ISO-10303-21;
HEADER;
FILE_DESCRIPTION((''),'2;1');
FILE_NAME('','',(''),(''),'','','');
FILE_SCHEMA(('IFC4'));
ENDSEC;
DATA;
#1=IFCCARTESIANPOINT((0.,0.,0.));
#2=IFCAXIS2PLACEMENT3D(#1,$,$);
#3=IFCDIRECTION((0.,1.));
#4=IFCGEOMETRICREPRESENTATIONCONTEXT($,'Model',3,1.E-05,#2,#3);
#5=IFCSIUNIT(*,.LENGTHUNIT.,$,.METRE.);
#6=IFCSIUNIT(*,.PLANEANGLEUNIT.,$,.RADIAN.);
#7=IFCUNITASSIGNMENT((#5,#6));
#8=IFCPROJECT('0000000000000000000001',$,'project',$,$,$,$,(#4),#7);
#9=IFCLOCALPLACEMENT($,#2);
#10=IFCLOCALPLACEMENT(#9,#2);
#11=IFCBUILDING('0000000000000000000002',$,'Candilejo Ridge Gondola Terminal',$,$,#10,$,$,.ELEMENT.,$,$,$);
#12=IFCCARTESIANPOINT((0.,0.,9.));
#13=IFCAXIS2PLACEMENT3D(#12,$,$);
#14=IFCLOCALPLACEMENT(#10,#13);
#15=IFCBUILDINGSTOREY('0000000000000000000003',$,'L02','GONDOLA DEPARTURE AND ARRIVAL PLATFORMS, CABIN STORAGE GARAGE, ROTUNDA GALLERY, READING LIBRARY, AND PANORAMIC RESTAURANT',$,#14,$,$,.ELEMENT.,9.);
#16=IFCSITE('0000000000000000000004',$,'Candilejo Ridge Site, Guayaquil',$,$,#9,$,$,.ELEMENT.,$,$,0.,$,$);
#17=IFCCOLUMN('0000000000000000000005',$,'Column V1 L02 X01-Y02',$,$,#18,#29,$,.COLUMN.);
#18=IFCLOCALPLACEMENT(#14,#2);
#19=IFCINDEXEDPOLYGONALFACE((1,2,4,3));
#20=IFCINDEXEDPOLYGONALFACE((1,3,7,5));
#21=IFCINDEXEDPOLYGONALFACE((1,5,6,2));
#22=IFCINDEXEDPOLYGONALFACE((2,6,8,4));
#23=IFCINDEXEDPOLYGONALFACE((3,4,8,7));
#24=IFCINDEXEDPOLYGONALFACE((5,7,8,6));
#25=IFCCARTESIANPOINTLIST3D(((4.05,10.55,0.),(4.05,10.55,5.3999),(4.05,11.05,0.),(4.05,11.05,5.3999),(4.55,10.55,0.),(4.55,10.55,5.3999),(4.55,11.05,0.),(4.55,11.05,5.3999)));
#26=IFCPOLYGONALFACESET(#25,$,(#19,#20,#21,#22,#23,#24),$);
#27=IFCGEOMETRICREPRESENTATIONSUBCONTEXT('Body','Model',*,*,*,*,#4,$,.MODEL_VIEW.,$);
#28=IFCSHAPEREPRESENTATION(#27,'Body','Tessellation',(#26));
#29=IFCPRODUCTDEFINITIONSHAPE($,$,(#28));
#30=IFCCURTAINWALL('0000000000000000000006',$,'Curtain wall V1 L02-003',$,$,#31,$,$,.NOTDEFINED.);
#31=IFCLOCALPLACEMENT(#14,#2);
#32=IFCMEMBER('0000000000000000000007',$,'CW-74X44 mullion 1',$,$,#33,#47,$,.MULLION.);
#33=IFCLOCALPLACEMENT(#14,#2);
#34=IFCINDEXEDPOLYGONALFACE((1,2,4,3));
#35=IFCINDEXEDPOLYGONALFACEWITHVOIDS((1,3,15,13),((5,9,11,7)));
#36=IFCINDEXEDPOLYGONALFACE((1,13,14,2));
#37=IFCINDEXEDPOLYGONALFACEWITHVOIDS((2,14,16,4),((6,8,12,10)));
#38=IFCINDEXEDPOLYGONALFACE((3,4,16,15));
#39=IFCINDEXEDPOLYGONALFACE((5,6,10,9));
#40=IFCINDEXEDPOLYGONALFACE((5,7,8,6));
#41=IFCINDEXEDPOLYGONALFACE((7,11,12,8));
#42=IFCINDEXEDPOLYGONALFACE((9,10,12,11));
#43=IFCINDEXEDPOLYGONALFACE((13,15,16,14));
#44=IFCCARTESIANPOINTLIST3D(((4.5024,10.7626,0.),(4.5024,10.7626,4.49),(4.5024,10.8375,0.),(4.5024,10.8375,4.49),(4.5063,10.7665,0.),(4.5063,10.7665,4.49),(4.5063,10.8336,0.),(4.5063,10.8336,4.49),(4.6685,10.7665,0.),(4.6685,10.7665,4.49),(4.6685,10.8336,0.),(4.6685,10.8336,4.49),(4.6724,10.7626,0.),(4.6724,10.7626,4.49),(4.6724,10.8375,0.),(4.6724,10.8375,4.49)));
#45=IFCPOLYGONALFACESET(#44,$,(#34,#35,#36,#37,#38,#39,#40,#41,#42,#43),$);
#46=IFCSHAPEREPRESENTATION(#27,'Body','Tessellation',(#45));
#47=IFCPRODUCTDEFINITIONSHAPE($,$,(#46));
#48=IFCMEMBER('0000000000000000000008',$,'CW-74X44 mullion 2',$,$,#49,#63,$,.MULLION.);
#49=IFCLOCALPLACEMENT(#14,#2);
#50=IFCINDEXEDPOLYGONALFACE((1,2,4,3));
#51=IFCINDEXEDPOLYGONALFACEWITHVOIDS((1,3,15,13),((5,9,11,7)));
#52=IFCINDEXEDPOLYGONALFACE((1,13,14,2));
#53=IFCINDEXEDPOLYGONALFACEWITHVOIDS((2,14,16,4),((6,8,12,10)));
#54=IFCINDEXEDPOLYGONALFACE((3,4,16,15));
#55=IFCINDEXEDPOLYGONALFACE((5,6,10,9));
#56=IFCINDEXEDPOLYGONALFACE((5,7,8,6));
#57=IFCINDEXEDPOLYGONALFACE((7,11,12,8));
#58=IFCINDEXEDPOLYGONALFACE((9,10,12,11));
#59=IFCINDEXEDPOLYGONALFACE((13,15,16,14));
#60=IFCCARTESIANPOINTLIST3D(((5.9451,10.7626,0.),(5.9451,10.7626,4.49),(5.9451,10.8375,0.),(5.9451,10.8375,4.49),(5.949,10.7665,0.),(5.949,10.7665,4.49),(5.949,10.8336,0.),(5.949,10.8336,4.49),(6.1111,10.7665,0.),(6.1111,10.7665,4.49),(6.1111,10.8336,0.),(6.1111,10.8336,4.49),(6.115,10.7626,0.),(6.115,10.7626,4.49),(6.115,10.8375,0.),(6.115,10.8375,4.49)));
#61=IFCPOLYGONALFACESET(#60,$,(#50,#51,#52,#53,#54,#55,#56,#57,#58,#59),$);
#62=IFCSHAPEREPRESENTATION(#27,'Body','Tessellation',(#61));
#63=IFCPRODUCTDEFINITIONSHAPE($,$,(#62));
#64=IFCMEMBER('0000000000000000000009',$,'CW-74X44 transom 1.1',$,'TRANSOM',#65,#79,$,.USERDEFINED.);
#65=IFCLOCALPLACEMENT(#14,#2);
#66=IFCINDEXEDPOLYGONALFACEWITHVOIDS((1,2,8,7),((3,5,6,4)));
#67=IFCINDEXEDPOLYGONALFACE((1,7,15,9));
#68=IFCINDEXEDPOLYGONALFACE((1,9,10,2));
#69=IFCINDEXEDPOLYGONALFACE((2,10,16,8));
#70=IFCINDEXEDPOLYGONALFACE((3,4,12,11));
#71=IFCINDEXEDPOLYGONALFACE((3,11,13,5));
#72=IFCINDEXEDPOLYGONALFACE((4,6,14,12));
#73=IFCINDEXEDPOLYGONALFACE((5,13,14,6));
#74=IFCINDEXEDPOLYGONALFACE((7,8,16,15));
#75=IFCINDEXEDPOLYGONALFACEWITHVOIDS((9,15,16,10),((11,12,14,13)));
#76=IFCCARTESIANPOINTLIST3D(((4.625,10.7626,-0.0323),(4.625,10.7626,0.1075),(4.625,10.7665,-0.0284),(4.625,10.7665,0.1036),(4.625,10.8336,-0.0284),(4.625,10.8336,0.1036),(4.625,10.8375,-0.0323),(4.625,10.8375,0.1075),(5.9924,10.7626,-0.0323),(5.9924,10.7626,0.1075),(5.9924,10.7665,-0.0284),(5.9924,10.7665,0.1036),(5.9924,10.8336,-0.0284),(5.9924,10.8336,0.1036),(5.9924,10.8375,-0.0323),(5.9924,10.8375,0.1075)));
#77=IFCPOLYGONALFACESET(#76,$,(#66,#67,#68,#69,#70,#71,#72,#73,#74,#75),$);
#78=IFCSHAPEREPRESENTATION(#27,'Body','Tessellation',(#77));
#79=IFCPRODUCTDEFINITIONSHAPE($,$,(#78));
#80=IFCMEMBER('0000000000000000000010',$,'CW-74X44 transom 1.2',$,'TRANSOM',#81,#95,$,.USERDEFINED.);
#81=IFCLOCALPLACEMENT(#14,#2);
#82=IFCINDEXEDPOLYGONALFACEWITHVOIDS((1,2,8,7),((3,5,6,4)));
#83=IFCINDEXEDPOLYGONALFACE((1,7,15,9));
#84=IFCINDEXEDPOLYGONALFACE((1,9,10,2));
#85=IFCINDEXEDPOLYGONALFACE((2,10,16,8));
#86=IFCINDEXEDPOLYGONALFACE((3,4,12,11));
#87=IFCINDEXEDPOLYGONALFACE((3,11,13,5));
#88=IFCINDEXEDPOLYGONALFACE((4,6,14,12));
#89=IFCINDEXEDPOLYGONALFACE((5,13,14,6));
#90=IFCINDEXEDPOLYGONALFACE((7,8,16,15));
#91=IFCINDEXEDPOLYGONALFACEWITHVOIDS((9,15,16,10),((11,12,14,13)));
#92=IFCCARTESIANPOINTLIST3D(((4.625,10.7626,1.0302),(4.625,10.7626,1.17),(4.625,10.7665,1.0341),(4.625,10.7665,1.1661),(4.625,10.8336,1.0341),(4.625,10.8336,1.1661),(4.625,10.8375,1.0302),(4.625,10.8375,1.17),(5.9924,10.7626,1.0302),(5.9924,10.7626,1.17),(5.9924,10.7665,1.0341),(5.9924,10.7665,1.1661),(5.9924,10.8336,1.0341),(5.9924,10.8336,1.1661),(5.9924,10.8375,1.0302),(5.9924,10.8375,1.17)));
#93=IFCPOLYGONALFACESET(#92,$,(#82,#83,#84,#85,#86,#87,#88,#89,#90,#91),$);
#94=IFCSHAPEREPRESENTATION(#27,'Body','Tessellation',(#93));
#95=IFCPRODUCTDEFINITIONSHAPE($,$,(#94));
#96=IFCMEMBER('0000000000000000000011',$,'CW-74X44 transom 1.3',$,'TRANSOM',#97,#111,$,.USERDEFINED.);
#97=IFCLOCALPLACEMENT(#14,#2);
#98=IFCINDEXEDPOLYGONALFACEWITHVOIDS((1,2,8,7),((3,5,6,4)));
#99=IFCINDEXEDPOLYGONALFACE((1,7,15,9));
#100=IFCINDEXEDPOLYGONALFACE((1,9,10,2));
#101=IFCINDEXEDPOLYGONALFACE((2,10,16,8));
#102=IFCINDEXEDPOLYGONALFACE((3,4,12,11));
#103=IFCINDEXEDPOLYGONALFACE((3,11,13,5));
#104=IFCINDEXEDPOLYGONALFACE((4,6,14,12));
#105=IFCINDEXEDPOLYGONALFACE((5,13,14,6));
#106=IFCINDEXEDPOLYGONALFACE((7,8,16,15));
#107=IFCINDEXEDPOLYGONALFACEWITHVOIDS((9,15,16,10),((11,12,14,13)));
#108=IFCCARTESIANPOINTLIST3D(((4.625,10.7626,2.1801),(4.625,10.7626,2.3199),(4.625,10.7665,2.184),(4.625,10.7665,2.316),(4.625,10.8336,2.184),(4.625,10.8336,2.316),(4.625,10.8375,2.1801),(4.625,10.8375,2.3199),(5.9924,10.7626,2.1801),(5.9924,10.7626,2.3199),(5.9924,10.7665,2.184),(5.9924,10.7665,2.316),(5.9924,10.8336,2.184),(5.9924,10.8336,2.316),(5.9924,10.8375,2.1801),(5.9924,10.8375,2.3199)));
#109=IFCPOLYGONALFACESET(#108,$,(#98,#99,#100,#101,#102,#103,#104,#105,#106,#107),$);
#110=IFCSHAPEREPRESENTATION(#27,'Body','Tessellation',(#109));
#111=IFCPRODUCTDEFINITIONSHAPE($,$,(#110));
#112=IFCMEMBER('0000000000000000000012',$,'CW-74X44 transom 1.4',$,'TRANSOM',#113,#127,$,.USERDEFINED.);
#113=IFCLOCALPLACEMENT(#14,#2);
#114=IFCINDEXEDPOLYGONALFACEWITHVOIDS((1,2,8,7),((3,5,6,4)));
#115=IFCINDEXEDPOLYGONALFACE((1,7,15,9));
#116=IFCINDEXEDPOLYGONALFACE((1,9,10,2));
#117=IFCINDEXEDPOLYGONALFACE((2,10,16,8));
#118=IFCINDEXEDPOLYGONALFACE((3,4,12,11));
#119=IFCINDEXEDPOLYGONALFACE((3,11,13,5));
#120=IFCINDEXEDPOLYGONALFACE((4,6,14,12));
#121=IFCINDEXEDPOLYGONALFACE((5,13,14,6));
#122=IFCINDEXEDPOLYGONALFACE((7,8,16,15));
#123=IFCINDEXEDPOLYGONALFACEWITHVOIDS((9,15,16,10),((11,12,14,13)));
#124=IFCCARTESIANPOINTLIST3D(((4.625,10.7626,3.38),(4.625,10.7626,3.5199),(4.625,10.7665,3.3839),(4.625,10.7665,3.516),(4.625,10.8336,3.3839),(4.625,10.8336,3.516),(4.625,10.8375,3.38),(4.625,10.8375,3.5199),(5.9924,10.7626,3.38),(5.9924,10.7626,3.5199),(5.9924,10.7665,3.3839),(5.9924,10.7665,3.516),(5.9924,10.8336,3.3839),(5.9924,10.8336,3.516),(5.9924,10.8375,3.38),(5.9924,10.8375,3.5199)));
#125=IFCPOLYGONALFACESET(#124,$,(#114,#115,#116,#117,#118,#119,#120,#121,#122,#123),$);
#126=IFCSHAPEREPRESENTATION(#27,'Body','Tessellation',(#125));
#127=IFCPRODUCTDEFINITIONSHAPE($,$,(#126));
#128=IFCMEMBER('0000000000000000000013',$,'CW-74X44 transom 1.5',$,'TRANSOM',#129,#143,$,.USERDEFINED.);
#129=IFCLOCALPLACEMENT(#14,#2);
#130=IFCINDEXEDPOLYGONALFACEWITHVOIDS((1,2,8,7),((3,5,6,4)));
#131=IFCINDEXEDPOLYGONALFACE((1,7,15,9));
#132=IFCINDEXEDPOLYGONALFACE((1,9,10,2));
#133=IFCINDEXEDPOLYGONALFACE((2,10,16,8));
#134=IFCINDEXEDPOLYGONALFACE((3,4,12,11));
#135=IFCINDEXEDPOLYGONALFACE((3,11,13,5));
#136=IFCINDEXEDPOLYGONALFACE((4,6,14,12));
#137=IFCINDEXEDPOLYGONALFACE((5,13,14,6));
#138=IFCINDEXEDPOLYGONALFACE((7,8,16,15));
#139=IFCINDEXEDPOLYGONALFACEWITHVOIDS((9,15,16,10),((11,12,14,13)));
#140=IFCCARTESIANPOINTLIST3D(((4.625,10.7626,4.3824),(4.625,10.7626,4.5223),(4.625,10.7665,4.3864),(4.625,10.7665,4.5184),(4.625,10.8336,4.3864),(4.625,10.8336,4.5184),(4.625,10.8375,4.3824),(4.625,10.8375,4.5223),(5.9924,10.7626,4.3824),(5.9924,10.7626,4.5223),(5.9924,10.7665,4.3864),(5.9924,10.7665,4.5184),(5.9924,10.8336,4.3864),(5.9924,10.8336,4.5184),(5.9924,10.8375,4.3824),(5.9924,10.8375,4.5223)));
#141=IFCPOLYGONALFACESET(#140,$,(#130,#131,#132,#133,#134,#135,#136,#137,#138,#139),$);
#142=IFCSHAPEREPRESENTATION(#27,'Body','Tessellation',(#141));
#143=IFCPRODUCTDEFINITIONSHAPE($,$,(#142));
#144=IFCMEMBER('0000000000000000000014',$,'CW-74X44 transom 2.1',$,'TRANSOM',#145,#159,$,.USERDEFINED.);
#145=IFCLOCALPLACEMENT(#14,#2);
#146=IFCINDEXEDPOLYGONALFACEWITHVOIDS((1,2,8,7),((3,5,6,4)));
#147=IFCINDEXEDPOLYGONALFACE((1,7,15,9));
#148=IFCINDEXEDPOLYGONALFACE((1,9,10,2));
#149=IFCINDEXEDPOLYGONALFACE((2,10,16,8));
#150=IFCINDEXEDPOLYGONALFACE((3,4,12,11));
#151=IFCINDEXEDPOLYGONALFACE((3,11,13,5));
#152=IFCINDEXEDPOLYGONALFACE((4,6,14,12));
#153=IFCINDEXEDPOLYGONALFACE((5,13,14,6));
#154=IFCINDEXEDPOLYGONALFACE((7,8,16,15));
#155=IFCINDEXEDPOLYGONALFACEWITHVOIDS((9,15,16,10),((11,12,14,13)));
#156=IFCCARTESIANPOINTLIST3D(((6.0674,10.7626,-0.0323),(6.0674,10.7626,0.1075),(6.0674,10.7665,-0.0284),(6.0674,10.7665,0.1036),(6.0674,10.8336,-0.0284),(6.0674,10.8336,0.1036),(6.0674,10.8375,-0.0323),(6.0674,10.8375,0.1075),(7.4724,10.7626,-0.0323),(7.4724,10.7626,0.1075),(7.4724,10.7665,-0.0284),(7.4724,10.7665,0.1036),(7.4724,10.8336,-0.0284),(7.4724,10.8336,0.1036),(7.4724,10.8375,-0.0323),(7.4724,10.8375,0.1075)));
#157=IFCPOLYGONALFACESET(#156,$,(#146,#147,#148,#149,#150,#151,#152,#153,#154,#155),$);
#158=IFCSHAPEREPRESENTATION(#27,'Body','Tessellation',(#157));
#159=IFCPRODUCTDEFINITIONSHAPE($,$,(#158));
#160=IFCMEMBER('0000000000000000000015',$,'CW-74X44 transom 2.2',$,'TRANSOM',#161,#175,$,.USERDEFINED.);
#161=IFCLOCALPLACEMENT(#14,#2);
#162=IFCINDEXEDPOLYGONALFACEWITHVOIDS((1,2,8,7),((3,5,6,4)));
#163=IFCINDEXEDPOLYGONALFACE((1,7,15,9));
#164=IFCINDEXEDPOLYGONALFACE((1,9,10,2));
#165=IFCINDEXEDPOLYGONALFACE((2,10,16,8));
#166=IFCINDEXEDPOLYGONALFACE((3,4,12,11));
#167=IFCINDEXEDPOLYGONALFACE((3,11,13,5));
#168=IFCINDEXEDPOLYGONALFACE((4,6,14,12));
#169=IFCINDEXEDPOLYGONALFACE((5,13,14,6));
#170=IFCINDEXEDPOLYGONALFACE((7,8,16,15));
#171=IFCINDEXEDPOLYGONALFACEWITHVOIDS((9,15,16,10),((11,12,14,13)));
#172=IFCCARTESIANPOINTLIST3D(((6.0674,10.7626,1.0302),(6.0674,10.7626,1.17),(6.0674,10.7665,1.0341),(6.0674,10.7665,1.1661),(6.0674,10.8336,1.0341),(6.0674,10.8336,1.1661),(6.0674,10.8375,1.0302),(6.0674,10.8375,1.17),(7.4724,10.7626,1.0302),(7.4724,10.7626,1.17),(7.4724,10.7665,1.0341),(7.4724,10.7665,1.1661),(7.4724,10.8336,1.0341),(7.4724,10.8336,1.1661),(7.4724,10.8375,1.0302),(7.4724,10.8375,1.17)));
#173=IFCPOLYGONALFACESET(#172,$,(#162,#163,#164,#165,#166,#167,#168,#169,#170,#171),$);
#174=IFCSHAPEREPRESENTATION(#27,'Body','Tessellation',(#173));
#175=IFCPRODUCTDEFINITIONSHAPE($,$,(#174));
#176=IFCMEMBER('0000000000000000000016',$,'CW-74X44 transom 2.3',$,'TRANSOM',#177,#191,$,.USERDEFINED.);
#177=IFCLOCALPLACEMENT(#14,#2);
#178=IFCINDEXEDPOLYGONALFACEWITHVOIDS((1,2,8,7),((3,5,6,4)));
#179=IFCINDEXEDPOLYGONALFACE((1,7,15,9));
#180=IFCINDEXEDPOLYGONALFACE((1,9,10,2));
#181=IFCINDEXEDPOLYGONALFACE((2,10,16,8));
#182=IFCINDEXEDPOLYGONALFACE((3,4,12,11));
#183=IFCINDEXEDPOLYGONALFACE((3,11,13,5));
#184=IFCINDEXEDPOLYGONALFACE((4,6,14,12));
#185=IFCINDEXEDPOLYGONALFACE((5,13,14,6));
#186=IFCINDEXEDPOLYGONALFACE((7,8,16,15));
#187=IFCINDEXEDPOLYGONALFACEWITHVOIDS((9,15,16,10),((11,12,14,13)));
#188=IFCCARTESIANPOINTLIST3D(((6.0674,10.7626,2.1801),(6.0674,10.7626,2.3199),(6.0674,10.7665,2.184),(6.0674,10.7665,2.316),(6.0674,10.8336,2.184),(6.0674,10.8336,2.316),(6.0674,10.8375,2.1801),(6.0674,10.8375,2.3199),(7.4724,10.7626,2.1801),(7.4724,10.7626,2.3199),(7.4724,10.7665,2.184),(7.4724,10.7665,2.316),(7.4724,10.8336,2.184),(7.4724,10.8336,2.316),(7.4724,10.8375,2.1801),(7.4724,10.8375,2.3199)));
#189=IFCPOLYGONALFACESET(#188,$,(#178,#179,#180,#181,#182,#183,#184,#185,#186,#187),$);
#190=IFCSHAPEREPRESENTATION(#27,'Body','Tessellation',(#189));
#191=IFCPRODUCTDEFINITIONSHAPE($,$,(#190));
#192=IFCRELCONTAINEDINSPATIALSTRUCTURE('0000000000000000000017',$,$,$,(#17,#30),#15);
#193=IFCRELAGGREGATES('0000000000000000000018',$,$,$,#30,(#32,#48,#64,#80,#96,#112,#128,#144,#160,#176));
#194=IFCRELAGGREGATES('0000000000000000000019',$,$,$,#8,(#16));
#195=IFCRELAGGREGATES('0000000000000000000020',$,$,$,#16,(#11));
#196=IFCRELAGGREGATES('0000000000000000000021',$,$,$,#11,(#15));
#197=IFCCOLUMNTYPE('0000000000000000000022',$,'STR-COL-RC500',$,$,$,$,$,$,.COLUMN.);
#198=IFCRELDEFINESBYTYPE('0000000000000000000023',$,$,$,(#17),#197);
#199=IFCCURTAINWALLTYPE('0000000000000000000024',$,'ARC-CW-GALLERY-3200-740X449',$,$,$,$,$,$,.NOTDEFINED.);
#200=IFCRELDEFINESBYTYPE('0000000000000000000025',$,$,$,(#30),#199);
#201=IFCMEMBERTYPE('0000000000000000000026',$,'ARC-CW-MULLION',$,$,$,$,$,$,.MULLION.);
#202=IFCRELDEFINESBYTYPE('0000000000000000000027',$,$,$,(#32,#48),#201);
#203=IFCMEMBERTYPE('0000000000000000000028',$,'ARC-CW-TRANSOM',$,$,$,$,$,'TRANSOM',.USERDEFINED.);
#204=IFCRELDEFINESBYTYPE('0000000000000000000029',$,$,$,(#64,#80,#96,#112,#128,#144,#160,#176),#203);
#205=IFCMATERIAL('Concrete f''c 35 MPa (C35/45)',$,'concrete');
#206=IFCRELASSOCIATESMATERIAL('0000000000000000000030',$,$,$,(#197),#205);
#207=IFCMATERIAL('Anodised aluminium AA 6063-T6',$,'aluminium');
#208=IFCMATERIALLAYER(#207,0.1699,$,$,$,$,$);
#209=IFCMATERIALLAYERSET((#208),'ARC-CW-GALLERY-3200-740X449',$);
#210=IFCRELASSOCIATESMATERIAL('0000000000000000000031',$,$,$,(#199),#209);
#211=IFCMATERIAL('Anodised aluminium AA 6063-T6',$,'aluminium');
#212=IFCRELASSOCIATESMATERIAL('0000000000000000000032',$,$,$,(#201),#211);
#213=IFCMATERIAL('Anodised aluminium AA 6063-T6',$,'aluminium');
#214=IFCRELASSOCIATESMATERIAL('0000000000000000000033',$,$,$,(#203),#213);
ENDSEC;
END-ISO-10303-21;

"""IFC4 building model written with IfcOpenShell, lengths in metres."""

from ifc_helpers import new_model, si_unit, direction, frame, origin, origin_2d, place, context, subcontext, project, spatial, rectangle, hollow_rectangle, extrude, material, layer, layer_set, material_profile, profile_set, type_object, element, aggregate, save


model = new_model("IFC4")

# Units and contexts
model_context = context("Model", 3, precision=1e-05, world=origin(), true_north=direction((0.0, 1.0)))
body_context = subcontext(model_context, "Body", "Model", "MODEL_VIEW")
ifc_project = project(units=[si_unit("LENGTHUNIT", "METRE"), si_unit("PLANEANGLEUNIT", "RADIAN")], contexts=[model_context])

# Site, building, storey
site_placement = place(None, origin())
site = spatial("IfcSite", under=ifc_project, at=site_placement, Name="Candilejo Ridge Site, Guayaquil", CompositionType="ELEMENT", RefElevation=0.0)
building_placement = place(site_placement, origin())
building = spatial("IfcBuilding", under=site, at=building_placement, Name="Candilejo Ridge Gondola Terminal", CompositionType="ELEMENT")
storey_placement = place(building_placement, frame((0.0, 0.0, 9.0)))
storey = spatial("IfcBuildingStorey", under=building, at=storey_placement, Name="L02", Description="GONDOLA DEPARTURE AND ARRIVAL PLATFORMS, CABIN STORAGE GARAGE, ROTUNDA GALLERY, READING LIBRARY, AND PANORAMIC RESTAURANT", CompositionType="ELEMENT", Elevation=9.0)

# Column
ifc_material_1 = material(Name="Concrete f'c 35 MPa (C35/45)", Category="concrete")
ifc_material_profile_1 = material_profile(ifc_material_1, rectangle(XDim=0.5, YDim=0.5, at=origin_2d()))
ifc_profile_set_1 = profile_set([ifc_material_profile_1], Name="Concrete f'c 35 MPa (C35/45)")
column_type = type_object("IfcColumnType", Name="STR-COL-RC500", PredefinedType="COLUMN", material=ifc_profile_set_1)
column_placement = place(storey_placement, frame((4.3, 10.8, 0.0), z_axis=(0.0, 0.0, 1.0), x_axis=(1.0, 0.0, 0.0)))
element("IfcColumn", 1, at=column_placement, inside=storey, type_object=column_type, Name="Column V1 L02 X01-Y02", PredefinedType="COLUMN", context=body_context, shape_type="SweptSolid", body=[
    extrude(rectangle(XDim=0.5, YDim=0.5, at=origin_2d()), origin(), (0.0, 0.0, 1.0), 5.3999),
])

# Curtain wall, members
ifc_material_2 = material(Name="Anodised aluminium AA 6063-T6", Category="aluminium")
ifc_layer_1 = layer(ifc_material_2, 0.1699)
ifc_layer_set_1 = layer_set([ifc_layer_1], Name="ARC-CW-GALLERY-3200-740X449")
curtain_wall_type = type_object("IfcCurtainWallType", Name="ARC-CW-GALLERY-3200-740X449", PredefinedType="NOTDEFINED", material=ifc_layer_set_1)
curtain_wall_placement = place(storey_placement, origin())
curtain_wall = element("IfcCurtainWall", 2, at=curtain_wall_placement, inside=storey, type_object=curtain_wall_type, Name="Curtain wall V1 L02-003", PredefinedType="NOTDEFINED")
ifc_material_3 = material(Name="Anodised aluminium AA 6063-T6", Category="aluminium")
ifc_material_profile_2 = material_profile(ifc_material_3, hollow_rectangle(XDim=0.075, YDim=0.1699, WallThickness=0.0039, at=origin_2d()))
ifc_profile_set_2 = profile_set([ifc_material_profile_2], Name="Anodised aluminium AA 6063-T6")
member_type_1 = type_object("IfcMemberType", Name="ARC-CW-MULLION", PredefinedType="MULLION", material=ifc_profile_set_2)
member_1_placement = place(storey_placement, frame((4.5874, 10.8, 0.0), z_axis=(0.0, 0.0, 1.0), x_axis=(0.0, 1.0, 0.0)))
member_1 = element("IfcMember", 3, at=member_1_placement, type_object=member_type_1, Name="CW-74X44 mullion 1", PredefinedType="MULLION", context=body_context, shape_type="SweptSolid", body=[
    extrude(hollow_rectangle(XDim=0.075, YDim=0.1699, WallThickness=0.0039, at=origin_2d()), origin(), (0.0, 0.0, 1.0), 4.49),
])
member_2_placement = place(storey_placement, frame((6.03, 10.8, 0.0), z_axis=(0.0, 0.0, 1.0), x_axis=(0.0, 1.0, 0.0)))
member_2 = element("IfcMember", 4, at=member_2_placement, type_object=member_type_1, Name="CW-74X44 mullion 2", PredefinedType="MULLION", context=body_context, shape_type="SweptSolid", body=[
    extrude(hollow_rectangle(XDim=0.075, YDim=0.1699, WallThickness=0.0039, at=origin_2d()), origin(), (0.0, 0.0, 1.0), 4.49),
])
ifc_material_4 = material(Name="Anodised aluminium AA 6063-T6", Category="aluminium")
ifc_material_profile_3 = material_profile(ifc_material_4, hollow_rectangle(XDim=0.075, YDim=0.1399, WallThickness=0.0039, at=origin_2d()))
ifc_profile_set_3 = profile_set([ifc_material_profile_3], Name="Anodised aluminium AA 6063-T6")
member_type_2 = type_object("IfcMemberType", Name="ARC-CW-TRANSOM", ElementType="TRANSOM", PredefinedType="USERDEFINED", material=ifc_profile_set_3)
member_3_placement = place(storey_placement, frame((4.625, 10.8, 0.0376), z_axis=(1.0, 0.0, 0.0), x_axis=(0.0, 1.0, 0.0)))
member_3 = element("IfcMember", 5, at=member_3_placement, type_object=member_type_2, Name="CW-74X44 transom 1.1", ObjectType="TRANSOM", PredefinedType="USERDEFINED", context=body_context, shape_type="SweptSolid", body=[
    extrude(hollow_rectangle(XDim=0.075, YDim=0.1399, WallThickness=0.0039, at=origin_2d()), origin(), (0.0, 0.0, 1.0), 1.3674),
])
member_4_placement = place(storey_placement, frame((4.625, 10.8, 1.1001), z_axis=(1.0, 0.0, 0.0), x_axis=(0.0, 1.0, 0.0)))
member_4 = element("IfcMember", 6, at=member_4_placement, type_object=member_type_2, Name="CW-74X44 transom 1.2", ObjectType="TRANSOM", PredefinedType="USERDEFINED", context=body_context, shape_type="SweptSolid", body=[
    extrude(hollow_rectangle(XDim=0.075, YDim=0.1399, WallThickness=0.0039, at=origin_2d()), origin(), (0.0, 0.0, 1.0), 1.3674),
])
member_5_placement = place(storey_placement, frame((4.625, 10.8, 2.25), z_axis=(1.0, 0.0, 0.0), x_axis=(0.0, 1.0, 0.0)))
member_5 = element("IfcMember", 7, at=member_5_placement, type_object=member_type_2, Name="CW-74X44 transom 1.3", ObjectType="TRANSOM", PredefinedType="USERDEFINED", context=body_context, shape_type="SweptSolid", body=[
    extrude(hollow_rectangle(XDim=0.075, YDim=0.1399, WallThickness=0.0039, at=origin_2d()), origin(), (0.0, 0.0, 1.0), 1.3674),
])
member_6_placement = place(storey_placement, frame((4.625, 10.8, 3.45), z_axis=(1.0, 0.0, 0.0), x_axis=(0.0, 1.0, 0.0)))
member_6 = element("IfcMember", 8, at=member_6_placement, type_object=member_type_2, Name="CW-74X44 transom 1.4", ObjectType="TRANSOM", PredefinedType="USERDEFINED", context=body_context, shape_type="SweptSolid", body=[
    extrude(hollow_rectangle(XDim=0.075, YDim=0.1399, WallThickness=0.0039, at=origin_2d()), origin(), (0.0, 0.0, 1.0), 1.3674),
])
member_7_placement = place(storey_placement, frame((4.625, 10.8, 4.4524), z_axis=(1.0, 0.0, 0.0), x_axis=(0.0, 1.0, 0.0)))
member_7 = element("IfcMember", 9, at=member_7_placement, type_object=member_type_2, Name="CW-74X44 transom 1.5", ObjectType="TRANSOM", PredefinedType="USERDEFINED", context=body_context, shape_type="SweptSolid", body=[
    extrude(hollow_rectangle(XDim=0.075, YDim=0.1399, WallThickness=0.0039, at=origin_2d()), origin(), (0.0, 0.0, 1.0), 1.3674),
])
member_8_placement = place(storey_placement, frame((6.0674, 10.8, 0.0376), z_axis=(1.0, 0.0, 0.0), x_axis=(0.0, 1.0, 0.0)))
member_8 = element("IfcMember", 10, at=member_8_placement, type_object=member_type_2, Name="CW-74X44 transom 2.1", ObjectType="TRANSOM", PredefinedType="USERDEFINED", context=body_context, shape_type="SweptSolid", body=[
    extrude(hollow_rectangle(XDim=0.075, YDim=0.1399, WallThickness=0.0039, at=origin_2d()), origin(), (0.0, 0.0, 1.0), 1.405),
])
member_9_placement = place(storey_placement, frame((6.0674, 10.8, 1.1001), z_axis=(1.0, 0.0, 0.0), x_axis=(0.0, 1.0, 0.0)))
member_9 = element("IfcMember", 11, at=member_9_placement, type_object=member_type_2, Name="CW-74X44 transom 2.2", ObjectType="TRANSOM", PredefinedType="USERDEFINED", context=body_context, shape_type="SweptSolid", body=[
    extrude(hollow_rectangle(XDim=0.075, YDim=0.1399, WallThickness=0.0039, at=origin_2d()), origin(), (0.0, 0.0, 1.0), 1.405),
])
member_10_placement = place(storey_placement, frame((6.0674, 10.8, 2.25), z_axis=(1.0, 0.0, 0.0), x_axis=(0.0, 1.0, 0.0)))
member_10 = element("IfcMember", 12, at=member_10_placement, type_object=member_type_2, Name="CW-74X44 transom 2.3", ObjectType="TRANSOM", PredefinedType="USERDEFINED", context=body_context, shape_type="SweptSolid", body=[
    extrude(hollow_rectangle(XDim=0.075, YDim=0.1399, WallThickness=0.0039, at=origin_2d()), origin(), (0.0, 0.0, 1.0), 1.405),
])

aggregate(curtain_wall, [member_1, member_2, member_3, member_4, member_5, member_6, member_7, member_8, member_9, member_10])

save(model, "model.ifc")
